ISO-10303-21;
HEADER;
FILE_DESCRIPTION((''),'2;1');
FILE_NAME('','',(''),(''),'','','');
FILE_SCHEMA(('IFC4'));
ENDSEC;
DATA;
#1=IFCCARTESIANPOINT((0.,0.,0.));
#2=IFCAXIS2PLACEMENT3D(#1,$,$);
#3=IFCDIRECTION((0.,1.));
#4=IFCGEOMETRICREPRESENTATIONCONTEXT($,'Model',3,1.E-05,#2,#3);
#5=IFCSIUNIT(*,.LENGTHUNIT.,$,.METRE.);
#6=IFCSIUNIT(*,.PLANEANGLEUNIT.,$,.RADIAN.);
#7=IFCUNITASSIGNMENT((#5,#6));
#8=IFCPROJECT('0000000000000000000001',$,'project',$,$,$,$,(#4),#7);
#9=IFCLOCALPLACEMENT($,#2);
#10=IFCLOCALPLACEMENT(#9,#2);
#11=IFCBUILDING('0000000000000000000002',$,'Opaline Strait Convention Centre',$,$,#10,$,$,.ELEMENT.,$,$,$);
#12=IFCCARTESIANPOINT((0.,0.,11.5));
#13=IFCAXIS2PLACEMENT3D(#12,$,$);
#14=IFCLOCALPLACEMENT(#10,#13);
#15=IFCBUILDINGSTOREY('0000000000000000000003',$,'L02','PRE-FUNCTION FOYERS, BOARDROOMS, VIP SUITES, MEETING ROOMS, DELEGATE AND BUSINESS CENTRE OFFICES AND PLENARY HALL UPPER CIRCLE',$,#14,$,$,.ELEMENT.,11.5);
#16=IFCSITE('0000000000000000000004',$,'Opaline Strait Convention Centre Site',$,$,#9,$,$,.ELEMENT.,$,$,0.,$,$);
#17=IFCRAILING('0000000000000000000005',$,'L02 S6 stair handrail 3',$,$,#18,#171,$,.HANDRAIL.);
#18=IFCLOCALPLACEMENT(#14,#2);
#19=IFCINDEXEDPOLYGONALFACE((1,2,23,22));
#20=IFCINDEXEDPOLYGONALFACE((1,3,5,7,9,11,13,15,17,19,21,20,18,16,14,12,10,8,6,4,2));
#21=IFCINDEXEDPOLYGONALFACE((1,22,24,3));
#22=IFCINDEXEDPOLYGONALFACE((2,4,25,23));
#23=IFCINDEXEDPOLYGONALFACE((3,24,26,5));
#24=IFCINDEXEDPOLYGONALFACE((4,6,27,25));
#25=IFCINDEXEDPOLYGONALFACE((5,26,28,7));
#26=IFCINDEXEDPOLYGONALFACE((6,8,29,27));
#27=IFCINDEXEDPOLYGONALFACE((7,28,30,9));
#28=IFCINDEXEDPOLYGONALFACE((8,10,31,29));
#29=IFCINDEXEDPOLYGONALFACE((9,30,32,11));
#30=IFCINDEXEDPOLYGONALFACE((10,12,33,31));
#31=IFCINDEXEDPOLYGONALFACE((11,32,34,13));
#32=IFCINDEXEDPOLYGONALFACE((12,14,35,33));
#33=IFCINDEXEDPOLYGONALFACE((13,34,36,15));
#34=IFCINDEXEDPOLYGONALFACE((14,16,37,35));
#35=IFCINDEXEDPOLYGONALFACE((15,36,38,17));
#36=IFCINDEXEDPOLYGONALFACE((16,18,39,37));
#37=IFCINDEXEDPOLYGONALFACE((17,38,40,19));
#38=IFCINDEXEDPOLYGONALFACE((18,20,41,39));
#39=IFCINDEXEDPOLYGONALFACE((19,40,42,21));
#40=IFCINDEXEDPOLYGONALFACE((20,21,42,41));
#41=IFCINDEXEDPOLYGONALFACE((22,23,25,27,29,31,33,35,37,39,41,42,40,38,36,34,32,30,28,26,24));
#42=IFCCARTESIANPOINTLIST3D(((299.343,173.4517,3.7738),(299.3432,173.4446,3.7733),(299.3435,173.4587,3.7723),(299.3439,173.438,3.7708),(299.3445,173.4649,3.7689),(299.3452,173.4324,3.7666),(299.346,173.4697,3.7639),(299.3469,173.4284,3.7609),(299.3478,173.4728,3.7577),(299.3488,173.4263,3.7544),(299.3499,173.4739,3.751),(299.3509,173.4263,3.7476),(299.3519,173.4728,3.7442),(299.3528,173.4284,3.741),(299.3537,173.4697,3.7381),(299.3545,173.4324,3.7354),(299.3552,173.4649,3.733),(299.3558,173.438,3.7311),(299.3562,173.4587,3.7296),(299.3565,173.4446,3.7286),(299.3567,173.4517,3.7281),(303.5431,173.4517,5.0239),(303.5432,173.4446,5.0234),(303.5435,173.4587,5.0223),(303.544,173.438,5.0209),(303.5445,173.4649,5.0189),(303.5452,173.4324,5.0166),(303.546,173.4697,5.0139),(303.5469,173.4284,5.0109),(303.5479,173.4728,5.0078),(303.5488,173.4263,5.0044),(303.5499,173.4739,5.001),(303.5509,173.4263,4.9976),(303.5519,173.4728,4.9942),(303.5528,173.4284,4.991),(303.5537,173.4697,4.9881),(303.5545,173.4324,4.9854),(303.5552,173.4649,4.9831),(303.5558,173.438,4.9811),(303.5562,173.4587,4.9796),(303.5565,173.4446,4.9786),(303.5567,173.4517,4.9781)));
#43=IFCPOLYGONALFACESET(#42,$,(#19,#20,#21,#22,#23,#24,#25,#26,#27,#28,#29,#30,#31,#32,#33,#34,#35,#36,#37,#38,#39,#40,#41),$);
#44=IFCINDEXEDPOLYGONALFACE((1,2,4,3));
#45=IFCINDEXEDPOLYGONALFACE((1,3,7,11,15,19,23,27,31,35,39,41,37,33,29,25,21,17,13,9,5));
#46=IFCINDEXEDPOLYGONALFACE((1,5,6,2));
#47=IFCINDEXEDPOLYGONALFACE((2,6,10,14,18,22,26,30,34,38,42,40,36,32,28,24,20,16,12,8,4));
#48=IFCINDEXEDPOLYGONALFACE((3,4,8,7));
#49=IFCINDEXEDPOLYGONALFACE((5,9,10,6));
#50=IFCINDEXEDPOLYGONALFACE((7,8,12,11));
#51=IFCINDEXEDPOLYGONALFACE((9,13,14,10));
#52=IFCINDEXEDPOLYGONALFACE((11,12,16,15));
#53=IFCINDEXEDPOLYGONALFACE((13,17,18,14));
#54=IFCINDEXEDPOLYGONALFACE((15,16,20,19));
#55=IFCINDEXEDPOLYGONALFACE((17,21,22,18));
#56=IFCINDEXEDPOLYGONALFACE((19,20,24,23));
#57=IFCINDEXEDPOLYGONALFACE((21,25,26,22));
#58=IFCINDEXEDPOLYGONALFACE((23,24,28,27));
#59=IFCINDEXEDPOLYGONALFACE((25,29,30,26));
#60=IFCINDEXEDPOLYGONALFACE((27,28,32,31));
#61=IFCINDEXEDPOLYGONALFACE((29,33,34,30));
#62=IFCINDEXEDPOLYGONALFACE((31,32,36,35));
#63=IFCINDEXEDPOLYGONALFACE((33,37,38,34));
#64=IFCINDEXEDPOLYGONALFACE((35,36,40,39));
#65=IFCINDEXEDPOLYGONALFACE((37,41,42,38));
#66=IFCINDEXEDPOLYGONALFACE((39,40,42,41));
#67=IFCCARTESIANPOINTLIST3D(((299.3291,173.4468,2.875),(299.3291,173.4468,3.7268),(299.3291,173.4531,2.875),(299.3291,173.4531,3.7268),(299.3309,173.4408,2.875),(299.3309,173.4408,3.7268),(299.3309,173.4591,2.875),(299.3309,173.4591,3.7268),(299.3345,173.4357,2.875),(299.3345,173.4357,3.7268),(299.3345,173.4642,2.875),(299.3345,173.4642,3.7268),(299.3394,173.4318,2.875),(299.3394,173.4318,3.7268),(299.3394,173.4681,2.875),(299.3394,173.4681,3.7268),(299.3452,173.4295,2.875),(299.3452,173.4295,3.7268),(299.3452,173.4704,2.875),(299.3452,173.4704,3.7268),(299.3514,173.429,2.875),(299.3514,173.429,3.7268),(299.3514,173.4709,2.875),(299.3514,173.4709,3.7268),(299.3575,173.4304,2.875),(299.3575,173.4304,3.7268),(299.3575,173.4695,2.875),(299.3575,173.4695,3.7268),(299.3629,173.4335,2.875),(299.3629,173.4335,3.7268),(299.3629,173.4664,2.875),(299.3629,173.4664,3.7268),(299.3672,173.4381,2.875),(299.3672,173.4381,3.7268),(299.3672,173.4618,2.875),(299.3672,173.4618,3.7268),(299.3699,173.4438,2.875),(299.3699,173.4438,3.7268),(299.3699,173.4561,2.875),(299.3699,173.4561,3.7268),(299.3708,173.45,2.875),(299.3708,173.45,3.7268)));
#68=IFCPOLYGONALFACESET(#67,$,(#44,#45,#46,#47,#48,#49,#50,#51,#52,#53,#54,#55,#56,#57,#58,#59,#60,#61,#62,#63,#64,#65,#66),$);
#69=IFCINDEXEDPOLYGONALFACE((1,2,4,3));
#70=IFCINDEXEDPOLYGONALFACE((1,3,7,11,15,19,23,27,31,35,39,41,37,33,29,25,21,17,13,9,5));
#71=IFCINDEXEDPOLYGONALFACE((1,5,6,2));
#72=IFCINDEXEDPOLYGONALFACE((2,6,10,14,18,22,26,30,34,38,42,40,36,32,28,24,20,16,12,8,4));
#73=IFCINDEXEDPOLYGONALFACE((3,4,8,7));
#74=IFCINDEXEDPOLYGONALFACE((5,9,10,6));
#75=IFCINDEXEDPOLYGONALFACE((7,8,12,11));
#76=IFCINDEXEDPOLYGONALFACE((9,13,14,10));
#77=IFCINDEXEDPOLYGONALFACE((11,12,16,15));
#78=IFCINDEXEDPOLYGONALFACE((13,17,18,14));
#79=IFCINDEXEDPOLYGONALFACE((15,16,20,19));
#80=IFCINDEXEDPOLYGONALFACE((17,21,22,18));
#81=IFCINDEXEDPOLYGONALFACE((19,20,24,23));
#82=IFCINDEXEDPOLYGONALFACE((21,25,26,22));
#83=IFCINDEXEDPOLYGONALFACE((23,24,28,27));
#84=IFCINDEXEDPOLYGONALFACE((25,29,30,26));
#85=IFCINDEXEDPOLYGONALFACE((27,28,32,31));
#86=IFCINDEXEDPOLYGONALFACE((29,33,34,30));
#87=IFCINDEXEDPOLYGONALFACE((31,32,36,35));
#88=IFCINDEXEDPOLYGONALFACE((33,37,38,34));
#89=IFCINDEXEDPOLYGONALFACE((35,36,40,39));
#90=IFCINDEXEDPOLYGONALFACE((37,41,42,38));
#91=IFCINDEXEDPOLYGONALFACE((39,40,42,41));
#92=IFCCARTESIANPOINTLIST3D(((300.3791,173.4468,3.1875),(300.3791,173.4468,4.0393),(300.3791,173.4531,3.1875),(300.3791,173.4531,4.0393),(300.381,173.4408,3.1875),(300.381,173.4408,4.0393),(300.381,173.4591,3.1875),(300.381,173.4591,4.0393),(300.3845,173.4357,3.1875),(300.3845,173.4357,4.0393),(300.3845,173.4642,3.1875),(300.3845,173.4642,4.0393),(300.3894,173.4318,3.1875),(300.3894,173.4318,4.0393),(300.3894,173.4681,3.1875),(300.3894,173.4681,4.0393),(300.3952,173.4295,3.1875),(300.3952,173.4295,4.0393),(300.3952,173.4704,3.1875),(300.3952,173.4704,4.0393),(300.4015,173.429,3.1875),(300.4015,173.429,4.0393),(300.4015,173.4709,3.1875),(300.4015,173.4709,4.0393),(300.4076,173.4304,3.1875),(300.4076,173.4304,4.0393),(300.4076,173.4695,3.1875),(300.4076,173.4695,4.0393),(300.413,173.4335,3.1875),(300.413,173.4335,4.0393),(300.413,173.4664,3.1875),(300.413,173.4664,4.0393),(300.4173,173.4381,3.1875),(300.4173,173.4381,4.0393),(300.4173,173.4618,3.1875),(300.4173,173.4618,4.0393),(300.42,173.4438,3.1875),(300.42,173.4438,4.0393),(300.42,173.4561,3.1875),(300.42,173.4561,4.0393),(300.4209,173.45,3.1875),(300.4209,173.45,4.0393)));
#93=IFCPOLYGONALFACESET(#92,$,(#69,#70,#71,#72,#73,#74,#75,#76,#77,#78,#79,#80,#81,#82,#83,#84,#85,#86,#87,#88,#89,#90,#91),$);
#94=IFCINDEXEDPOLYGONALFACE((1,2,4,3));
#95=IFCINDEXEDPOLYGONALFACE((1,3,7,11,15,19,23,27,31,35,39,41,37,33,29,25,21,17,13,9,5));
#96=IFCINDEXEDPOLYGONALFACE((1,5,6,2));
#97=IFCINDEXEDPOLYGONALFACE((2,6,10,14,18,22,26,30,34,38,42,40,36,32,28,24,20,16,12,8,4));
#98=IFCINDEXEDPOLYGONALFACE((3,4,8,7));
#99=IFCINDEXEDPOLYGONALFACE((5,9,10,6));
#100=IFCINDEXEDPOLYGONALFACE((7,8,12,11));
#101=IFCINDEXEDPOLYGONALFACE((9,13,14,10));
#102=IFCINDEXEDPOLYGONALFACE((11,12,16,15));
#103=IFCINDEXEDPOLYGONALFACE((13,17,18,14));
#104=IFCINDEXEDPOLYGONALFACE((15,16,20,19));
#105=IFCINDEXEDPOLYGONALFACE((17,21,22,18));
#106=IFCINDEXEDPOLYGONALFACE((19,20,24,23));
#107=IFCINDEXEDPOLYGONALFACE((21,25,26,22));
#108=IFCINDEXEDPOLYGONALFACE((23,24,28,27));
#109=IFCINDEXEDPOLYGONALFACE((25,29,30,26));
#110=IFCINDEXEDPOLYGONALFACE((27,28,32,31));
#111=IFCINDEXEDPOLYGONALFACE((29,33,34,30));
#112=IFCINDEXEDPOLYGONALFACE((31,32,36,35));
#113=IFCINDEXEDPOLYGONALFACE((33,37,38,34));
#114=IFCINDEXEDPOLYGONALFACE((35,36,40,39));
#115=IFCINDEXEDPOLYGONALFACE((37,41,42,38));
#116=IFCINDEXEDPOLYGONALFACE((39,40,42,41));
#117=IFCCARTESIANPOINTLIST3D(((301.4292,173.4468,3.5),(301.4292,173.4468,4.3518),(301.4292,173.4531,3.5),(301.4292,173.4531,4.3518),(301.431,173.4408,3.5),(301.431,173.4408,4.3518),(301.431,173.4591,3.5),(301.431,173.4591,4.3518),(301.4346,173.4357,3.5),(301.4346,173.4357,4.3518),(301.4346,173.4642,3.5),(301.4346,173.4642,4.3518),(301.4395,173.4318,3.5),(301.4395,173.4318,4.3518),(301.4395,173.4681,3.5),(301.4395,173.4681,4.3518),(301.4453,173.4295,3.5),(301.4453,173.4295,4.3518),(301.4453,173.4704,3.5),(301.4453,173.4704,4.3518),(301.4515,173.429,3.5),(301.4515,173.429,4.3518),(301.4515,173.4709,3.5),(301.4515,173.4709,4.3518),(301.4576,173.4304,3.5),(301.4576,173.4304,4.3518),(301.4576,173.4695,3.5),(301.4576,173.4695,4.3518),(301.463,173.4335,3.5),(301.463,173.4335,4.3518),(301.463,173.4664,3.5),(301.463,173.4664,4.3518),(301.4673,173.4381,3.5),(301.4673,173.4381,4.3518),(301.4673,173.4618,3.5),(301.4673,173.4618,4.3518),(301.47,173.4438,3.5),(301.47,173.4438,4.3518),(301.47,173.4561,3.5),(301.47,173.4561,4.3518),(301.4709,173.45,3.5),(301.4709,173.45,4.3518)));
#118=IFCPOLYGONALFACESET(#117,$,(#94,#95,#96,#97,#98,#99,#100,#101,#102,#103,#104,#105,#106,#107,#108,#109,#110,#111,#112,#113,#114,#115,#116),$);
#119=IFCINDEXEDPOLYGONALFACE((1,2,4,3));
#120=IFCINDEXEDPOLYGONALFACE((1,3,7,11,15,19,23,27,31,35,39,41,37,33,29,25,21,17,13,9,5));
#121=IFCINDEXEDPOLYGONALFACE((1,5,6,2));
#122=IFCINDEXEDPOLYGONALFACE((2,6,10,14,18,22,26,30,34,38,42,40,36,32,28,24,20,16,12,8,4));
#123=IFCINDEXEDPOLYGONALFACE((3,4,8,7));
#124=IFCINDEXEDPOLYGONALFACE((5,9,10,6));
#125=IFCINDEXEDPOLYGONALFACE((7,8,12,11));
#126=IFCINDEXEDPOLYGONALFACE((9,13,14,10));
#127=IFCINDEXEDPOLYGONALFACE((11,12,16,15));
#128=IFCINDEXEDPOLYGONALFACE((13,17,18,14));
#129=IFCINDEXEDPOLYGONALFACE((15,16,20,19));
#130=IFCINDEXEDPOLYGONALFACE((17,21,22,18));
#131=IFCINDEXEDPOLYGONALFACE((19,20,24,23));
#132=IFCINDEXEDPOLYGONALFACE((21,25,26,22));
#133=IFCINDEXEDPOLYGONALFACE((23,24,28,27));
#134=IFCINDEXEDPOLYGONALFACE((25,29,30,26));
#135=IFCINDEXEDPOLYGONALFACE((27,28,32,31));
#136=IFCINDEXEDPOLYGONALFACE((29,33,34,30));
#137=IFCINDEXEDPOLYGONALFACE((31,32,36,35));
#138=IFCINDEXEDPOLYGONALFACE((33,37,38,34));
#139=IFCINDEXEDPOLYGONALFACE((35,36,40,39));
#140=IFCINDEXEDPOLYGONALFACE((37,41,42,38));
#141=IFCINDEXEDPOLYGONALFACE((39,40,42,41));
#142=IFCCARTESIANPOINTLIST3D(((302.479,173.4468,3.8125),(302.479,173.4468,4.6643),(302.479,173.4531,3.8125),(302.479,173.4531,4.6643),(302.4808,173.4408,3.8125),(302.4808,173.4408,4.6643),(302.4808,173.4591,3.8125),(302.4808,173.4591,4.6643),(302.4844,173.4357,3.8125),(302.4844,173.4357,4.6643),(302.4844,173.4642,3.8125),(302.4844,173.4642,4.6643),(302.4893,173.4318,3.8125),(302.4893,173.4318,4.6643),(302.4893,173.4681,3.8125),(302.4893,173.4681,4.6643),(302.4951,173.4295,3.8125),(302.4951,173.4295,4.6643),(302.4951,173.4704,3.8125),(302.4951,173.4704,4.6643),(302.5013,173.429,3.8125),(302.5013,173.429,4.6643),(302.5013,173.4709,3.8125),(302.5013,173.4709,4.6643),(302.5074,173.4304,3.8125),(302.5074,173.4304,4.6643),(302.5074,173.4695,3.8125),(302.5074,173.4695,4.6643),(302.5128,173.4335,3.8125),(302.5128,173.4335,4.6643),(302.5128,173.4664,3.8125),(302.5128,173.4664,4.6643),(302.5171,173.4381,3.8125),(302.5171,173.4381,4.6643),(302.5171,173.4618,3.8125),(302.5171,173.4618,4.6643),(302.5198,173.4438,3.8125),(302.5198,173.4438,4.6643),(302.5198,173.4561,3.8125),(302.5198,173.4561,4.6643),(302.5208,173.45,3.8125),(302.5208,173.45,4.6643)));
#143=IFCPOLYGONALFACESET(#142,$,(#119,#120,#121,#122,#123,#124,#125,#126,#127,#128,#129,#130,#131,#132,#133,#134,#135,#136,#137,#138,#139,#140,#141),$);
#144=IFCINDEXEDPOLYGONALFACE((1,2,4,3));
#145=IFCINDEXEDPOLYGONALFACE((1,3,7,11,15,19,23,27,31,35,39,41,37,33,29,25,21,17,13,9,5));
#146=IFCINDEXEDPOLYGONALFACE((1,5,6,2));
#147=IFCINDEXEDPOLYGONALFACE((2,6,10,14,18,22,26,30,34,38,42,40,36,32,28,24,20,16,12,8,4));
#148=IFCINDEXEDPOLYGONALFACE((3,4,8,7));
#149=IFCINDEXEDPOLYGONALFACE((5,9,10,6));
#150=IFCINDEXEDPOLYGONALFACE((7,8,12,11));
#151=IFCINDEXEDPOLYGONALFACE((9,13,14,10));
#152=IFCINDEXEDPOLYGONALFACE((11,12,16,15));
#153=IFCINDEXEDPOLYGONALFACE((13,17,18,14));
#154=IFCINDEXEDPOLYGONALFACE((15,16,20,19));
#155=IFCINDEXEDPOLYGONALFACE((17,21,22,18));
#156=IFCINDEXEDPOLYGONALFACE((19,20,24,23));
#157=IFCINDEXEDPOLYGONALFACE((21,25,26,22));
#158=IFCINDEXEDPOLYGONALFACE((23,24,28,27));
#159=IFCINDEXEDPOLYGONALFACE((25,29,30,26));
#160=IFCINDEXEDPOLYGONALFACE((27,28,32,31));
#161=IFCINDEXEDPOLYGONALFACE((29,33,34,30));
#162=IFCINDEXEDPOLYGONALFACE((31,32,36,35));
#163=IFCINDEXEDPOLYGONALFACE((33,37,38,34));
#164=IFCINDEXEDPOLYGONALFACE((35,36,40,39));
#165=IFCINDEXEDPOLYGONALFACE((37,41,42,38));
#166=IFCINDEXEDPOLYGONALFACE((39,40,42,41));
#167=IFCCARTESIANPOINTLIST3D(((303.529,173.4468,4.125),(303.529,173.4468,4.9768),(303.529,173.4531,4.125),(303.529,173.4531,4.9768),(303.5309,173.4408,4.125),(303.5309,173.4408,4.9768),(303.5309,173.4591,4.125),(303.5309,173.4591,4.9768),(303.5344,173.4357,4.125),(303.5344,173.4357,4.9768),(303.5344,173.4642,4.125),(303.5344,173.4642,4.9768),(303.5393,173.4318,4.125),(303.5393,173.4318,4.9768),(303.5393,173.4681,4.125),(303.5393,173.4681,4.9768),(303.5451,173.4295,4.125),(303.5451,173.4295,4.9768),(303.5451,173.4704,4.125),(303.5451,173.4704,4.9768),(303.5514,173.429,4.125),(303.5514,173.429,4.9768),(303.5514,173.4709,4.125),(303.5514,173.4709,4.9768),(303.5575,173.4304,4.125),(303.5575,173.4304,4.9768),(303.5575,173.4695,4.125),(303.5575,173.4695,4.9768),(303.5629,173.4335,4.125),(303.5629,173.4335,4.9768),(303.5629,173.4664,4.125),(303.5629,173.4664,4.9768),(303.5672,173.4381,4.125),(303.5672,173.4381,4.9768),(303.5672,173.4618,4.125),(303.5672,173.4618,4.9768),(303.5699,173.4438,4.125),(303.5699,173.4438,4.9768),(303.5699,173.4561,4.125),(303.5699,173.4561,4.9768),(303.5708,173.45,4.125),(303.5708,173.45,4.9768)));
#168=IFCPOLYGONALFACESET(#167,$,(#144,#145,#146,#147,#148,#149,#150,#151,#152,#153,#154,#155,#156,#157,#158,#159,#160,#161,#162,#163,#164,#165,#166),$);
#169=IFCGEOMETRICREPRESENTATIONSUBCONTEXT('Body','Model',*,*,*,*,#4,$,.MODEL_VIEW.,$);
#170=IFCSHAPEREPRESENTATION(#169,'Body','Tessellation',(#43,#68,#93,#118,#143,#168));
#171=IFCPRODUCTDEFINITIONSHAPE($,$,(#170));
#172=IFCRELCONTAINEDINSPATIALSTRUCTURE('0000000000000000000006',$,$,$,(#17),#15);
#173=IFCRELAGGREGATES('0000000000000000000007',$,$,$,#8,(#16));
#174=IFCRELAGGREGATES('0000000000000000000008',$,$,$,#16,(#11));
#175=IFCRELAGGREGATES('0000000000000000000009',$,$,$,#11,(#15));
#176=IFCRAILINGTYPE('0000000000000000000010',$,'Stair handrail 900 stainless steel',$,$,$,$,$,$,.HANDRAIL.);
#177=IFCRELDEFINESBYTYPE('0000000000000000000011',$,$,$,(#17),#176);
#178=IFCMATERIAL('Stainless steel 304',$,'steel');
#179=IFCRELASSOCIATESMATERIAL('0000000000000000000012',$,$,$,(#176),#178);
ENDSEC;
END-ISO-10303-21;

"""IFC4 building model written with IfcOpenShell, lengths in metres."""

from ifc_helpers import new_model, si_unit, direction, frame, origin, origin_2d, place, context, subcontext, project, spatial, circle, extrude, material, type_object, element, save


model = new_model("IFC4")

# Units and contexts
model_context = context("Model", 3, precision=1e-05, world=origin(), true_north=direction((0.0, 1.0)))
body_context = subcontext(model_context, "Body", "Model", "MODEL_VIEW")
ifc_project = project(units=[si_unit("LENGTHUNIT", "METRE"), si_unit("PLANEANGLEUNIT", "RADIAN")], contexts=[model_context])

# Site, building, storey
site_placement = place(None, origin())
site = spatial("IfcSite", under=ifc_project, at=site_placement, Name="Opaline Strait Convention Centre Site", CompositionType="ELEMENT", RefElevation=0.0)
building_placement = place(site_placement, origin())
building = spatial("IfcBuilding", under=site, at=building_placement, Name="Opaline Strait Convention Centre", CompositionType="ELEMENT")
storey_placement = place(building_placement, frame((0.0, 0.0, 11.5)))
storey = spatial("IfcBuildingStorey", under=building, at=storey_placement, Name="L02", Description="PRE-FUNCTION FOYERS, BOARDROOMS, VIP SUITES, MEETING ROOMS, DELEGATE AND BUSINESS CENTRE OFFICES AND PLENARY HALL UPPER CIRCLE", CompositionType="ELEMENT", Elevation=11.5)

# Shared definitions
ifc_material_1 = material(Name="Stainless steel 304", Category="steel")

# Railing
railing_type_1 = type_object("IfcRailingType", Name="Stair handrail 900 stainless steel", PredefinedType="HANDRAIL", material=ifc_material_1)
for number, where, name in (
    (1, (299.3499, 173.45, 2.875), "L02 S6 stair handrail 3"),
):
    element("IfcRailing", number, at=place(storey_placement, frame(where)), inside=storey, type_object=railing_type_1, Name=name, PredefinedType="HANDRAIL", context=body_context, shape_type="SweptSolid", body=[
        extrude(circle(Radius=0.0239, at=origin_2d()), frame((0.0, 0.0, 0.876), z_axis=(0.958451, 0.0, 0.285257), x_axis=(0.0, 1.0, 0.0)), (0.0, 0.0, 1.0), 4.3821),
        extrude(circle(Radius=0.021, at=origin_2d()), origin(), (0.0, 0.0, 1.0), 0.8518),
        extrude(circle(Radius=0.021, at=origin_2d()), frame((1.05, 0.0, 0.3125)), (0.0, 0.0, 1.0), 0.8518),
        extrude(circle(Radius=0.021, at=origin_2d()), frame((2.1001, 0.0, 0.625)), (0.0, 0.0, 1.0), 0.8518),
        extrude(circle(Radius=0.021, at=origin_2d()), frame((3.1499, 0.0, 0.9375)), (0.0, 0.0, 1.0), 0.8518),
        extrude(circle(Radius=0.021, at=origin_2d()), frame((4.2, 0.0, 1.25)), (0.0, 0.0, 1.0), 0.8518),
    ])

save(model, "model.ifc")
